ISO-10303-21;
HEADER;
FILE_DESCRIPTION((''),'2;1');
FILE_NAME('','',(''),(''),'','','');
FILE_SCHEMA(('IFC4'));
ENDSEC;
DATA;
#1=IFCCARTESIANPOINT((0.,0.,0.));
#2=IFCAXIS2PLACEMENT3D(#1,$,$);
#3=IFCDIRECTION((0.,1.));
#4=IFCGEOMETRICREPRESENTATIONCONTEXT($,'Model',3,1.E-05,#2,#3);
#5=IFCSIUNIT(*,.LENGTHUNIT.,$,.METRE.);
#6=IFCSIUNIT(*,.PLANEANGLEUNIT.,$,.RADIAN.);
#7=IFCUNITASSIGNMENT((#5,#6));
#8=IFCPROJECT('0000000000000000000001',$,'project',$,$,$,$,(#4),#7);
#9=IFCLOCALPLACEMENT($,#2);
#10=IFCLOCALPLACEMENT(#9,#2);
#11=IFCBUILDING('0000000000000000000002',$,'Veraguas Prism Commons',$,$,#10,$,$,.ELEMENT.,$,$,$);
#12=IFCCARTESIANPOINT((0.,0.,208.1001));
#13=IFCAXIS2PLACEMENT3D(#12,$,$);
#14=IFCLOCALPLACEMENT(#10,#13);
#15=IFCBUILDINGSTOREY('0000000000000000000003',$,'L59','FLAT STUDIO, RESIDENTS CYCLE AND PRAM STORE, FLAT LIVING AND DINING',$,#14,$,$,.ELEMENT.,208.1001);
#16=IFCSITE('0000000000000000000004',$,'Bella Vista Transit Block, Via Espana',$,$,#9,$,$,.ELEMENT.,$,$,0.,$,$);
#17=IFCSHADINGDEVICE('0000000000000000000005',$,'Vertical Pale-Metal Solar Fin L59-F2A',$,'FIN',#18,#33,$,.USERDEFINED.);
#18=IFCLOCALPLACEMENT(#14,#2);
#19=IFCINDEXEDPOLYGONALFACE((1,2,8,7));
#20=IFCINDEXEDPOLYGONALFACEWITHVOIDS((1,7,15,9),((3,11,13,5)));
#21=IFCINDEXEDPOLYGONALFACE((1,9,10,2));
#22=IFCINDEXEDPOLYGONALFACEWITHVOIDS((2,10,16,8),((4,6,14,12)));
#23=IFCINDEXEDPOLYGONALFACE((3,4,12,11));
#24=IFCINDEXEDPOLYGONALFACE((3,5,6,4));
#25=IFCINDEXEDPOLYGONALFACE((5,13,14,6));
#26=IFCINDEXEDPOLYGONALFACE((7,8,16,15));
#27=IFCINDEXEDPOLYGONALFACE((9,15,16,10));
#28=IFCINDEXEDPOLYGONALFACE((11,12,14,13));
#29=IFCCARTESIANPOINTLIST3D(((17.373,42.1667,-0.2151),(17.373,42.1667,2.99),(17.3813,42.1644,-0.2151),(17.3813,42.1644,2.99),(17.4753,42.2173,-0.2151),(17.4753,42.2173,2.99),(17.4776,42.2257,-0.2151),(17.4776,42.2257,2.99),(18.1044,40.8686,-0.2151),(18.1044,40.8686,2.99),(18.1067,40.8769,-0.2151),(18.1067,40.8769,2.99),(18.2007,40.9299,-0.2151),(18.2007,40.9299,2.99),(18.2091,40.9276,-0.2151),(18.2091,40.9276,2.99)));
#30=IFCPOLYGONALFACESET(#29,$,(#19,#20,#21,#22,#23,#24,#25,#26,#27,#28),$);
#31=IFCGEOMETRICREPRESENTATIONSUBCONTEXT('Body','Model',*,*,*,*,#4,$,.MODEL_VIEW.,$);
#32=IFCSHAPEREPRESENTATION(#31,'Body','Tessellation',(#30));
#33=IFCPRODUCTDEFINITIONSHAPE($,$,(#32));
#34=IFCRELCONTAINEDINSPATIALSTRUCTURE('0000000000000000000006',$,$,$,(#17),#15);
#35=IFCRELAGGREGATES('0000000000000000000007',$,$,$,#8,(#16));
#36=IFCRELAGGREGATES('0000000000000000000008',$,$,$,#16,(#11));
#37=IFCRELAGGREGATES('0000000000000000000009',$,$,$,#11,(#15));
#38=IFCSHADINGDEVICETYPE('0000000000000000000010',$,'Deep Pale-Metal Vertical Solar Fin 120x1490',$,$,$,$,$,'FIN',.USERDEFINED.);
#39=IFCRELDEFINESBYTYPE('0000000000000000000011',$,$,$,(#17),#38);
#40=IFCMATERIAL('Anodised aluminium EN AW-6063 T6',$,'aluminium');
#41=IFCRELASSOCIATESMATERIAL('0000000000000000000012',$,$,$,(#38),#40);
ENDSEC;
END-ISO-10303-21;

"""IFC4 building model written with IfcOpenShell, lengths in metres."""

from ifc_helpers import new_model, si_unit, direction, frame, origin, origin_2d, place, context, subcontext, project, spatial, hollow_rectangle, extrude, material, material_profile, profile_set, type_object, element, save


model = new_model("IFC4")

# Units and contexts
model_context = context("Model", 3, precision=1e-05, world=origin(), true_north=direction((0.0, 1.0)))
body_context = subcontext(model_context, "Body", "Model", "MODEL_VIEW")
ifc_project = project(units=[si_unit("LENGTHUNIT", "METRE"), si_unit("PLANEANGLEUNIT", "RADIAN")], contexts=[model_context])

# Site, building, storey
site_placement = place(None, origin())
site = spatial("IfcSite", under=ifc_project, at=site_placement, Name="Bella Vista Transit Block, Via Espana", CompositionType="ELEMENT", RefElevation=0.0)
building_placement = place(site_placement, origin())
building = spatial("IfcBuilding", under=site, at=building_placement, Name="Veraguas Prism Commons", CompositionType="ELEMENT")
storey_placement = place(building_placement, frame((0.0, 0.0, 208.1001)))
storey = spatial("IfcBuildingStorey", under=building, at=storey_placement, Name="L59", Description="FLAT STUDIO, RESIDENTS CYCLE AND PRAM STORE, FLAT LIVING AND DINING", CompositionType="ELEMENT", Elevation=208.1001)

# Shared definitions
ifc_material_1 = material(Name="Anodised aluminium EN AW-6063 T6", Category="aluminium")

# Shading device
ifc_material_profile_1 = material_profile(ifc_material_1, hollow_rectangle(XDim=0.1201, YDim=1.49, WallThickness=0.0061, at=origin_2d()), Name="FIN120X1490X6")
ifc_profile_set_1 = profile_set([ifc_material_profile_1], Name="Anodised aluminium EN AW-6063 T6")
shading_device_type = type_object("IfcShadingDeviceType", Name="Deep Pale-Metal Vertical Solar Fin 120x1490", ElementType="FIN", PredefinedType="USERDEFINED", material=ifc_profile_set_1)
shading_device_placement = place(storey_placement, frame((17.791, 41.5471, -0.2151), z_axis=(0.0, 0.0, 1.0), x_axis=(-0.871214, -0.490904, 0.0)))
element("IfcShadingDevice", 1, at=shading_device_placement, inside=storey, type_object=shading_device_type, Name="Vertical Pale-Metal Solar Fin L59-F2A", ObjectType="FIN", PredefinedType="USERDEFINED", context=body_context, shape_type="SweptSolid", body=[
    extrude(hollow_rectangle(XDim=0.1201, YDim=1.49, WallThickness=0.0061, at=origin_2d()), origin(), (0.0, 0.0, 1.0), 3.2051),
])

save(model, "model.ifc")
